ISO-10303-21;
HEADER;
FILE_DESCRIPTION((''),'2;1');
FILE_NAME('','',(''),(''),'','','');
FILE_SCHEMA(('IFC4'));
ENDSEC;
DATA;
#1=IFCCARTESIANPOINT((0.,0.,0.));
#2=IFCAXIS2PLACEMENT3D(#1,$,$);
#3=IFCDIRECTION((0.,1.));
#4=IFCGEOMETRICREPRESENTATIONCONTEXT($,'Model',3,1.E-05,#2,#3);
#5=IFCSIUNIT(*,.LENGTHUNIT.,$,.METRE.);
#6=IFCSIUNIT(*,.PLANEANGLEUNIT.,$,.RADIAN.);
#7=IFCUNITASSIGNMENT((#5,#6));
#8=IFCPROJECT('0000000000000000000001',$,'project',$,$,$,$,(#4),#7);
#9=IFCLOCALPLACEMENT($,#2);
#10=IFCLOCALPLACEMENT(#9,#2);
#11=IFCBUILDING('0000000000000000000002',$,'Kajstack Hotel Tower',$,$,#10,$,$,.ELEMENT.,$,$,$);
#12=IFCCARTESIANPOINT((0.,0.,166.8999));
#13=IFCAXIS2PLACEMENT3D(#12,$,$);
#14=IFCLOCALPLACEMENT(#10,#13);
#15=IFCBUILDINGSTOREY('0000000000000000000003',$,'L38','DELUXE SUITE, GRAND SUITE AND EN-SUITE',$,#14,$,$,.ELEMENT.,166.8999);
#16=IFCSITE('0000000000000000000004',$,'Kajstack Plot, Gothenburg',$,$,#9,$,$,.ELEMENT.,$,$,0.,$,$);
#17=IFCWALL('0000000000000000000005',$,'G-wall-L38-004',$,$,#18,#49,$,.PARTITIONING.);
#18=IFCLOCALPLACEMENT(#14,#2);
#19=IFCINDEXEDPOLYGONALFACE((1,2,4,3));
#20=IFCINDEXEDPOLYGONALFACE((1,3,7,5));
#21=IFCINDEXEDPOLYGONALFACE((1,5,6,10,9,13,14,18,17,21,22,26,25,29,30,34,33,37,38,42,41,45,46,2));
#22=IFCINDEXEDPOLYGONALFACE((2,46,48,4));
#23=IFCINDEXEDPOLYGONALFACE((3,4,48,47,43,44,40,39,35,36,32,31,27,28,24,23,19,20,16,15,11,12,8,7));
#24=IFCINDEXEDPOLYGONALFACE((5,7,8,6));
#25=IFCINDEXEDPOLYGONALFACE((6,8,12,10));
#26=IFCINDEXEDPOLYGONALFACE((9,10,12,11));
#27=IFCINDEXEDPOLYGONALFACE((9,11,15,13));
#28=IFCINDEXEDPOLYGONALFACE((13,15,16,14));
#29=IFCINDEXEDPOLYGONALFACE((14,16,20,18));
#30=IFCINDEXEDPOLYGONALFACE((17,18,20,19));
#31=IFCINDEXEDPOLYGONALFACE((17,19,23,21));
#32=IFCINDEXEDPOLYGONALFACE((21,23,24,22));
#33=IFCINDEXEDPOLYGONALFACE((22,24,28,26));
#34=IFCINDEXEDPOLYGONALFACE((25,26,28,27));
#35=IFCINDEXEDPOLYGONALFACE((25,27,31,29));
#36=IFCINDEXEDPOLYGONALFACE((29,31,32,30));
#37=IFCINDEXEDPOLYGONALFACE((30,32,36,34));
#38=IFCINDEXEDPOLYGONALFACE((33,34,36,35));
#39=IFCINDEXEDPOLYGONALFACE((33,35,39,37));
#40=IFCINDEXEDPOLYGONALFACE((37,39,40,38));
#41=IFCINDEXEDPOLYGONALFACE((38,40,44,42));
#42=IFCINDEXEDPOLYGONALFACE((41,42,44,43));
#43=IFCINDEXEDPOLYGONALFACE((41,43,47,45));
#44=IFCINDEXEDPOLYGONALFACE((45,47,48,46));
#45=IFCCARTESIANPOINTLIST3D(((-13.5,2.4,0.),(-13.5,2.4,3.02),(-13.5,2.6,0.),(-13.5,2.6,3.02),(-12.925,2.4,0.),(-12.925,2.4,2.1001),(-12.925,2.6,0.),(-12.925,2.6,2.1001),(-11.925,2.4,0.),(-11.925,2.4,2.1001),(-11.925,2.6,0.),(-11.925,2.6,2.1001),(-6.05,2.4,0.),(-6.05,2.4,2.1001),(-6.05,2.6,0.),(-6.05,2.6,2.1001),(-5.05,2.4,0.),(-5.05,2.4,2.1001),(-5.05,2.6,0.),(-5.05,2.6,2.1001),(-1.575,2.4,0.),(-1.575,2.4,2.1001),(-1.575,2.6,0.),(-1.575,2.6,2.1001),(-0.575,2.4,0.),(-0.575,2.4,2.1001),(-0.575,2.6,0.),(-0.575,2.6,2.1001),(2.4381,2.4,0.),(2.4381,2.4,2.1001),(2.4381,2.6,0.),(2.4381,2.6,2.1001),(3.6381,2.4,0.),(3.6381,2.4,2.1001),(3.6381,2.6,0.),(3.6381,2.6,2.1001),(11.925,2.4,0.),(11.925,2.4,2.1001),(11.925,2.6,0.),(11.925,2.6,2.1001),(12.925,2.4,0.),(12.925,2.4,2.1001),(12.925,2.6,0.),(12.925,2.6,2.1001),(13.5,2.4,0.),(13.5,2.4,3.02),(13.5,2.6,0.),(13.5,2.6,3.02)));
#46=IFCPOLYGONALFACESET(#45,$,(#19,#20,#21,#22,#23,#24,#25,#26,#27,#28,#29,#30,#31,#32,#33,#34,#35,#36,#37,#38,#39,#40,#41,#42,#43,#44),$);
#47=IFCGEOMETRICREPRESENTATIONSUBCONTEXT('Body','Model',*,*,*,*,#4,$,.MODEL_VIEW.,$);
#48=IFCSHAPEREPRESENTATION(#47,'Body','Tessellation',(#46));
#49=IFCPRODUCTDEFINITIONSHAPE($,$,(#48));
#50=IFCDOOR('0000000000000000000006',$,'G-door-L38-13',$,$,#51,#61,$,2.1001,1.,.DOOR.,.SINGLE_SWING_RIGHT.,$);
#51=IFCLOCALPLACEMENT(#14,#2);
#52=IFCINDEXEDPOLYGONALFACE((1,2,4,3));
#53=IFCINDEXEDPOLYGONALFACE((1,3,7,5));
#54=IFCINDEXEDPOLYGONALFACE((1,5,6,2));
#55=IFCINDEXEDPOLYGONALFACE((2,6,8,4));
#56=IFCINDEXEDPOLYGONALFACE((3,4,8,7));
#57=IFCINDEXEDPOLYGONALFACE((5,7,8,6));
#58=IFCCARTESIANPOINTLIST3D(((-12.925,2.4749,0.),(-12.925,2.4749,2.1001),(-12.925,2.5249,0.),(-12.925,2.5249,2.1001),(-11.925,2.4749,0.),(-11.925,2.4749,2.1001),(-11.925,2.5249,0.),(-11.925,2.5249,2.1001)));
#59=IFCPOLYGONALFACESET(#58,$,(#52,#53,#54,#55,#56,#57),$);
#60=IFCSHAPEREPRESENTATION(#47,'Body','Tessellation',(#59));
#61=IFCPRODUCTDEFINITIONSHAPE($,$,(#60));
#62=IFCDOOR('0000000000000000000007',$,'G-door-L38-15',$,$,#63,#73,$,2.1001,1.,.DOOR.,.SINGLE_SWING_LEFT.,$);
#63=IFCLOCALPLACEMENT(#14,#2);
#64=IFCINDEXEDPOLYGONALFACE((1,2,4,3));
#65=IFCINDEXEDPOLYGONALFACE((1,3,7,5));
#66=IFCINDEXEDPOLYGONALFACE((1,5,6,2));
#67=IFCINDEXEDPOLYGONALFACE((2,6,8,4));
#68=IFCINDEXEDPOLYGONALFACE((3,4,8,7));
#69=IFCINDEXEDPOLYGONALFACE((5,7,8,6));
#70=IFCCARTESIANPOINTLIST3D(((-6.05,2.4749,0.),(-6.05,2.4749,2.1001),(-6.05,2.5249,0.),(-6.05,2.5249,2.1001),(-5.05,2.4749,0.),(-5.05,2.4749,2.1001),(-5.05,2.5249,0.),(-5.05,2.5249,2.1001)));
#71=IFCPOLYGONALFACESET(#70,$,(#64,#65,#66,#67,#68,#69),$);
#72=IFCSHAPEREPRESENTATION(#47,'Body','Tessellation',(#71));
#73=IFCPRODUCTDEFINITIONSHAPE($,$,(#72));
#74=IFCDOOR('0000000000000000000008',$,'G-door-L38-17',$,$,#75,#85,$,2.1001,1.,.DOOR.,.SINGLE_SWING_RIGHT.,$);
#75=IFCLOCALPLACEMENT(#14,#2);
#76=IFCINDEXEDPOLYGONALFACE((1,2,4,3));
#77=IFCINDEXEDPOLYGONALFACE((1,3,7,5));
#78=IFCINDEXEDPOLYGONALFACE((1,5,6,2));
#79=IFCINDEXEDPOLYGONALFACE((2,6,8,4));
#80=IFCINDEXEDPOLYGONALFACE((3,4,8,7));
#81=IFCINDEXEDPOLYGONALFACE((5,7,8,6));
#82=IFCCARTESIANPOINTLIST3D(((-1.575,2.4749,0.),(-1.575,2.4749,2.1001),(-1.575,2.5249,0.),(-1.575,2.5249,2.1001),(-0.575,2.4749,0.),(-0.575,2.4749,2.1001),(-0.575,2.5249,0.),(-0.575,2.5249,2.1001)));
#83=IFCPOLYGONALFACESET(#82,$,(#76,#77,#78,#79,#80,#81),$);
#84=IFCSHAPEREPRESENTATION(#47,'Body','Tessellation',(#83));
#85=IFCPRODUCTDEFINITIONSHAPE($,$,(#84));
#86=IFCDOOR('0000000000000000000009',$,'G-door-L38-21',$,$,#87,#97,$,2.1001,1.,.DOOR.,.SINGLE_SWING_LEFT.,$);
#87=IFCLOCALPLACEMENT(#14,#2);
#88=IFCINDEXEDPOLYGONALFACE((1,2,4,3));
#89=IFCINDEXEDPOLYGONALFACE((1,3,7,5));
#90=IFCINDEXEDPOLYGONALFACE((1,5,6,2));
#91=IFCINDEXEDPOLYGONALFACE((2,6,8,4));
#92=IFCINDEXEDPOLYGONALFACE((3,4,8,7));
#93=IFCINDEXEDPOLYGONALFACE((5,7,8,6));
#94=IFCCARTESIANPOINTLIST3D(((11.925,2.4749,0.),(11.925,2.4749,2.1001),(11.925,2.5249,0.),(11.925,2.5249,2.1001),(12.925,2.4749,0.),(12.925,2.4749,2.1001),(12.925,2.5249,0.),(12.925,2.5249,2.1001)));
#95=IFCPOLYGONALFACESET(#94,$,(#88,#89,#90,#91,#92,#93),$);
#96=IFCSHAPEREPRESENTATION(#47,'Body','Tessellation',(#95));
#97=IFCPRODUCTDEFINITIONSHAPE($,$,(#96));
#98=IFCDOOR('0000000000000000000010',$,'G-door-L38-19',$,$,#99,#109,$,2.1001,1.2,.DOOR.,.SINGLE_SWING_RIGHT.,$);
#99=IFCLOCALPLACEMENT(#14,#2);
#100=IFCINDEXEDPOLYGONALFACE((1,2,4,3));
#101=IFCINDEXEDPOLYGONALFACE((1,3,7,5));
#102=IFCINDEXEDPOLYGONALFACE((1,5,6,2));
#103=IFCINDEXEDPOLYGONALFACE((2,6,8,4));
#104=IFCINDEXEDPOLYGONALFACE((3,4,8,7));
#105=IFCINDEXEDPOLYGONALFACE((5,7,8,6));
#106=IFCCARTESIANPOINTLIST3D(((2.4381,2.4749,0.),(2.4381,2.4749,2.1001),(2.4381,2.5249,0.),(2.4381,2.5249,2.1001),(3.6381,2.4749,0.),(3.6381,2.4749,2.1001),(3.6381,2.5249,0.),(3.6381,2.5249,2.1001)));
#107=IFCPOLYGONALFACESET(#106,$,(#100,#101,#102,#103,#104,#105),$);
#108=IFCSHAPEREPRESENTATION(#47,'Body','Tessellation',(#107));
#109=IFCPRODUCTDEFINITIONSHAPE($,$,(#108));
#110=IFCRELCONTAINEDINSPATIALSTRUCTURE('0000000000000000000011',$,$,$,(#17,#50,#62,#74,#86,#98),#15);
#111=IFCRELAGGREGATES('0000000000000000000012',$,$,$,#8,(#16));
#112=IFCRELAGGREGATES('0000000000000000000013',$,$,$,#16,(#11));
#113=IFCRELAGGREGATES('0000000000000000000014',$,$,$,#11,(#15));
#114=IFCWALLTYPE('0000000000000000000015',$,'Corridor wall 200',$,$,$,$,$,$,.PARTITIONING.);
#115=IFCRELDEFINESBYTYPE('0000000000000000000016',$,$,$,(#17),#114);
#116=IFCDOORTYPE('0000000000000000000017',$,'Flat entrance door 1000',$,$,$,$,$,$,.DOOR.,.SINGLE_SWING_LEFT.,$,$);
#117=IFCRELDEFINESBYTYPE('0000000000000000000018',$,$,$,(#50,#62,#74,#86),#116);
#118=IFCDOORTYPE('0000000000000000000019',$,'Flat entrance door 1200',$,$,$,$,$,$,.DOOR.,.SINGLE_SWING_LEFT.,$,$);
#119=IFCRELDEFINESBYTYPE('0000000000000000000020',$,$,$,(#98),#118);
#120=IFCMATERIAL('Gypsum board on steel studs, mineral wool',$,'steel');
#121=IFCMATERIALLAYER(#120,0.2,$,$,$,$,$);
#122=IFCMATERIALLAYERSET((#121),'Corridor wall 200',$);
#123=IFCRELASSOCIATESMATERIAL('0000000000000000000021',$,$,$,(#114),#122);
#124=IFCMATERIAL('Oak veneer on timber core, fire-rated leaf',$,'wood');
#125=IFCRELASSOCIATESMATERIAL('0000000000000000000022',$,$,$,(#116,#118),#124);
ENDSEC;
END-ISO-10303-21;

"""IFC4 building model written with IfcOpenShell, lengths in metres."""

from ifc_helpers import new_model, si_unit, direction, frame, frame_2d, origin, place, context, subcontext, project, spatial, rectangle, extrude, material, layer, layer_set, type_object, element, fill, save


model = new_model("IFC4")

# Units and contexts
model_context = context("Model", 3, precision=1e-05, world=origin(), true_north=direction((0.0, 1.0)))
body_context = subcontext(model_context, "Body", "Model", "MODEL_VIEW")
ifc_project = project(units=[si_unit("LENGTHUNIT", "METRE"), si_unit("PLANEANGLEUNIT", "RADIAN")], contexts=[model_context])

# Site, building, storey
site_placement = place(None, origin())
site = spatial("IfcSite", under=ifc_project, at=site_placement, Name="Kajstack Plot, Gothenburg", CompositionType="ELEMENT", RefElevation=0.0)
building_placement = place(site_placement, origin())
building = spatial("IfcBuilding", under=site, at=building_placement, Name="Kajstack Hotel Tower", CompositionType="ELEMENT")
storey_placement = place(building_placement, frame((0.0, 0.0, 166.8999)))
storey = spatial("IfcBuildingStorey", under=building, at=storey_placement, Name="L38", Description="DELUXE SUITE, GRAND SUITE AND EN-SUITE", CompositionType="ELEMENT", Elevation=166.8999)

# Wall, openings, doors
ifc_material_1 = material(Name="Gypsum board on steel studs, mineral wool", Category="steel")
ifc_layer_1 = layer(ifc_material_1, 0.2)
ifc_layer_set_1 = layer_set([ifc_layer_1], Name="Corridor wall 200")
wall_type_1 = type_object("IfcWallType", Name="Corridor wall 200", PredefinedType="PARTITIONING", material=ifc_layer_set_1)
wall_1_placement = place(storey_placement, frame((-13.5, 2.5, 0.0), z_axis=(0.0, 0.0, 1.0), x_axis=(1.0, 0.0, 0.0)))
wall_1 = element("IfcWall", 1, at=wall_1_placement, inside=storey, type_object=wall_type_1, Name="G-wall-L38-004", PredefinedType="PARTITIONING", context=body_context, shape_type="SweptSolid", body=[
    extrude(rectangle(XDim=27.0, YDim=0.2, at=frame_2d((13.5, 0.0))), origin(), (0.0, 0.0, 1.0), 3.02),
])
opening_1_placement = place(wall_1_placement, frame((0.575, 0.0, 0.0)))
opening_1 = element("IfcOpeningElement", 2, at=opening_1_placement, cuts=wall_1, PredefinedType="OPENING", context=body_context, shape_type="SweptSolid", body=[
    extrude(rectangle(XDim=1.0, YDim=2.1001, at=frame_2d((0.5, 1.05))), frame((0.0, 0.1099, 0.0), z_axis=(0.0, -1.0, 0.0), x_axis=(1.0, 0.0, 0.0)), (0.0, 0.0, 1.0), 0.22),
])
opening_2_placement = place(wall_1_placement, frame((7.45, 0.0, 0.0)))
opening_2 = element("IfcOpeningElement", 3, at=opening_2_placement, cuts=wall_1, PredefinedType="OPENING", context=body_context, shape_type="SweptSolid", body=[
    extrude(rectangle(XDim=1.0, YDim=2.1001, at=frame_2d((0.5, 1.05))), frame((0.0, 0.1099, 0.0), z_axis=(0.0, -1.0, 0.0), x_axis=(1.0, 0.0, 0.0)), (0.0, 0.0, 1.0), 0.22),
])
opening_3_placement = place(wall_1_placement, frame((11.925, 0.0, 0.0)))
opening_3 = element("IfcOpeningElement", 4, at=opening_3_placement, cuts=wall_1, PredefinedType="OPENING", context=body_context, shape_type="SweptSolid", body=[
    extrude(rectangle(XDim=1.0, YDim=2.1001, at=frame_2d((0.5, 1.05))), frame((0.0, 0.1099, 0.0), z_axis=(0.0, -1.0, 0.0), x_axis=(1.0, 0.0, 0.0)), (0.0, 0.0, 1.0), 0.22),
])
opening_4_placement = place(wall_1_placement, frame((15.938, 0.0, 0.0)))
opening_4 = element("IfcOpeningElement", 5, at=opening_4_placement, cuts=wall_1, PredefinedType="OPENING", context=body_context, shape_type="SweptSolid", body=[
    extrude(rectangle(XDim=1.2, YDim=2.1001, at=frame_2d((0.6001, 1.05))), frame((0.0, 0.1099, 0.0), z_axis=(0.0, -1.0, 0.0), x_axis=(1.0, 0.0, 0.0)), (0.0, 0.0, 1.0), 0.22),
])
opening_5_placement = place(wall_1_placement, frame((25.425, 0.0, 0.0)))
opening_5 = element("IfcOpeningElement", 6, at=opening_5_placement, cuts=wall_1, PredefinedType="OPENING", context=body_context, shape_type="SweptSolid", body=[
    extrude(rectangle(XDim=1.0, YDim=2.1001, at=frame_2d((0.5, 1.05))), frame((0.0, 0.1099, 0.0), z_axis=(0.0, -1.0, 0.0), x_axis=(1.0, 0.0, 0.0)), (0.0, 0.0, 1.0), 0.22),
])
ifc_material_2 = material(Name="Oak veneer on timber core, fire-rated leaf", Category="wood")
door_type_1 = type_object("IfcDoorType", Name="Flat entrance door 1000", OperationType="SINGLE_SWING_LEFT", PredefinedType="DOOR", material=ifc_material_2)
door_1_placement = place(opening_1_placement, origin())
door_1 = element("IfcDoor", 7, at=door_1_placement, inside=storey, type_object=door_type_1, Name="G-door-L38-13", OperationType="SINGLE_SWING_RIGHT", OverallHeight=2.1001, OverallWidth=1.0, PredefinedType="DOOR", context=body_context, shape_type="SweptSolid", body=[
    extrude(rectangle(XDim=1.0, YDim=2.1001, at=frame_2d((0.5, 1.05))), frame((0.0, 0.0249, 0.0), z_axis=(0.0, -1.0, 0.0), x_axis=(1.0, 0.0, 0.0)), (0.0, 0.0, 1.0), 0.05),
])
fill(opening_1, door_1)
door_2_placement = place(opening_2_placement, origin())
door_2 = element("IfcDoor", 8, at=door_2_placement, inside=storey, type_object=door_type_1, Name="G-door-L38-15", OperationType="SINGLE_SWING_LEFT", OverallHeight=2.1001, OverallWidth=1.0, PredefinedType="DOOR", context=body_context, shape_type="SweptSolid", body=[
    extrude(rectangle(XDim=1.0, YDim=2.1001, at=frame_2d((0.5, 1.05))), frame((0.0, 0.0249, 0.0), z_axis=(0.0, -1.0, 0.0), x_axis=(1.0, 0.0, 0.0)), (0.0, 0.0, 1.0), 0.05),
])
fill(opening_2, door_2)
door_3_placement = place(opening_3_placement, origin())
door_3 = element("IfcDoor", 9, at=door_3_placement, inside=storey, type_object=door_type_1, Name="G-door-L38-17", OperationType="SINGLE_SWING_RIGHT", OverallHeight=2.1001, OverallWidth=1.0, PredefinedType="DOOR", context=body_context, shape_type="SweptSolid", body=[
    extrude(rectangle(XDim=1.0, YDim=2.1001, at=frame_2d((0.5, 1.05))), frame((0.0, 0.0249, 0.0), z_axis=(0.0, -1.0, 0.0), x_axis=(1.0, 0.0, 0.0)), (0.0, 0.0, 1.0), 0.05),
])
fill(opening_3, door_3)
door_4_placement = place(opening_5_placement, origin())
door_4 = element("IfcDoor", 10, at=door_4_placement, inside=storey, type_object=door_type_1, Name="G-door-L38-21", OperationType="SINGLE_SWING_LEFT", OverallHeight=2.1001, OverallWidth=1.0, PredefinedType="DOOR", context=body_context, shape_type="SweptSolid", body=[
    extrude(rectangle(XDim=1.0, YDim=2.1001, at=frame_2d((0.5, 1.05))), frame((0.0, 0.0249, 0.0), z_axis=(0.0, -1.0, 0.0), x_axis=(1.0, 0.0, 0.0)), (0.0, 0.0, 1.0), 0.05),
])
fill(opening_5, door_4)
door_type_2 = type_object("IfcDoorType", Name="Flat entrance door 1200", OperationType="SINGLE_SWING_LEFT", PredefinedType="DOOR", material=ifc_material_2)
door_5_placement = place(opening_4_placement, origin())
door_5 = element("IfcDoor", 11, at=door_5_placement, inside=storey, type_object=door_type_2, Name="G-door-L38-19", OperationType="SINGLE_SWING_RIGHT", OverallHeight=2.1001, OverallWidth=1.2, PredefinedType="DOOR", context=body_context, shape_type="SweptSolid", body=[
    extrude(rectangle(XDim=1.2, YDim=2.1001, at=frame_2d((0.6001, 1.05))), frame((0.0, 0.0249, 0.0), z_axis=(0.0, -1.0, 0.0), x_axis=(1.0, 0.0, 0.0)), (0.0, 0.0, 1.0), 0.05),
])
fill(opening_4, door_5)

save(model, "model.ifc")
